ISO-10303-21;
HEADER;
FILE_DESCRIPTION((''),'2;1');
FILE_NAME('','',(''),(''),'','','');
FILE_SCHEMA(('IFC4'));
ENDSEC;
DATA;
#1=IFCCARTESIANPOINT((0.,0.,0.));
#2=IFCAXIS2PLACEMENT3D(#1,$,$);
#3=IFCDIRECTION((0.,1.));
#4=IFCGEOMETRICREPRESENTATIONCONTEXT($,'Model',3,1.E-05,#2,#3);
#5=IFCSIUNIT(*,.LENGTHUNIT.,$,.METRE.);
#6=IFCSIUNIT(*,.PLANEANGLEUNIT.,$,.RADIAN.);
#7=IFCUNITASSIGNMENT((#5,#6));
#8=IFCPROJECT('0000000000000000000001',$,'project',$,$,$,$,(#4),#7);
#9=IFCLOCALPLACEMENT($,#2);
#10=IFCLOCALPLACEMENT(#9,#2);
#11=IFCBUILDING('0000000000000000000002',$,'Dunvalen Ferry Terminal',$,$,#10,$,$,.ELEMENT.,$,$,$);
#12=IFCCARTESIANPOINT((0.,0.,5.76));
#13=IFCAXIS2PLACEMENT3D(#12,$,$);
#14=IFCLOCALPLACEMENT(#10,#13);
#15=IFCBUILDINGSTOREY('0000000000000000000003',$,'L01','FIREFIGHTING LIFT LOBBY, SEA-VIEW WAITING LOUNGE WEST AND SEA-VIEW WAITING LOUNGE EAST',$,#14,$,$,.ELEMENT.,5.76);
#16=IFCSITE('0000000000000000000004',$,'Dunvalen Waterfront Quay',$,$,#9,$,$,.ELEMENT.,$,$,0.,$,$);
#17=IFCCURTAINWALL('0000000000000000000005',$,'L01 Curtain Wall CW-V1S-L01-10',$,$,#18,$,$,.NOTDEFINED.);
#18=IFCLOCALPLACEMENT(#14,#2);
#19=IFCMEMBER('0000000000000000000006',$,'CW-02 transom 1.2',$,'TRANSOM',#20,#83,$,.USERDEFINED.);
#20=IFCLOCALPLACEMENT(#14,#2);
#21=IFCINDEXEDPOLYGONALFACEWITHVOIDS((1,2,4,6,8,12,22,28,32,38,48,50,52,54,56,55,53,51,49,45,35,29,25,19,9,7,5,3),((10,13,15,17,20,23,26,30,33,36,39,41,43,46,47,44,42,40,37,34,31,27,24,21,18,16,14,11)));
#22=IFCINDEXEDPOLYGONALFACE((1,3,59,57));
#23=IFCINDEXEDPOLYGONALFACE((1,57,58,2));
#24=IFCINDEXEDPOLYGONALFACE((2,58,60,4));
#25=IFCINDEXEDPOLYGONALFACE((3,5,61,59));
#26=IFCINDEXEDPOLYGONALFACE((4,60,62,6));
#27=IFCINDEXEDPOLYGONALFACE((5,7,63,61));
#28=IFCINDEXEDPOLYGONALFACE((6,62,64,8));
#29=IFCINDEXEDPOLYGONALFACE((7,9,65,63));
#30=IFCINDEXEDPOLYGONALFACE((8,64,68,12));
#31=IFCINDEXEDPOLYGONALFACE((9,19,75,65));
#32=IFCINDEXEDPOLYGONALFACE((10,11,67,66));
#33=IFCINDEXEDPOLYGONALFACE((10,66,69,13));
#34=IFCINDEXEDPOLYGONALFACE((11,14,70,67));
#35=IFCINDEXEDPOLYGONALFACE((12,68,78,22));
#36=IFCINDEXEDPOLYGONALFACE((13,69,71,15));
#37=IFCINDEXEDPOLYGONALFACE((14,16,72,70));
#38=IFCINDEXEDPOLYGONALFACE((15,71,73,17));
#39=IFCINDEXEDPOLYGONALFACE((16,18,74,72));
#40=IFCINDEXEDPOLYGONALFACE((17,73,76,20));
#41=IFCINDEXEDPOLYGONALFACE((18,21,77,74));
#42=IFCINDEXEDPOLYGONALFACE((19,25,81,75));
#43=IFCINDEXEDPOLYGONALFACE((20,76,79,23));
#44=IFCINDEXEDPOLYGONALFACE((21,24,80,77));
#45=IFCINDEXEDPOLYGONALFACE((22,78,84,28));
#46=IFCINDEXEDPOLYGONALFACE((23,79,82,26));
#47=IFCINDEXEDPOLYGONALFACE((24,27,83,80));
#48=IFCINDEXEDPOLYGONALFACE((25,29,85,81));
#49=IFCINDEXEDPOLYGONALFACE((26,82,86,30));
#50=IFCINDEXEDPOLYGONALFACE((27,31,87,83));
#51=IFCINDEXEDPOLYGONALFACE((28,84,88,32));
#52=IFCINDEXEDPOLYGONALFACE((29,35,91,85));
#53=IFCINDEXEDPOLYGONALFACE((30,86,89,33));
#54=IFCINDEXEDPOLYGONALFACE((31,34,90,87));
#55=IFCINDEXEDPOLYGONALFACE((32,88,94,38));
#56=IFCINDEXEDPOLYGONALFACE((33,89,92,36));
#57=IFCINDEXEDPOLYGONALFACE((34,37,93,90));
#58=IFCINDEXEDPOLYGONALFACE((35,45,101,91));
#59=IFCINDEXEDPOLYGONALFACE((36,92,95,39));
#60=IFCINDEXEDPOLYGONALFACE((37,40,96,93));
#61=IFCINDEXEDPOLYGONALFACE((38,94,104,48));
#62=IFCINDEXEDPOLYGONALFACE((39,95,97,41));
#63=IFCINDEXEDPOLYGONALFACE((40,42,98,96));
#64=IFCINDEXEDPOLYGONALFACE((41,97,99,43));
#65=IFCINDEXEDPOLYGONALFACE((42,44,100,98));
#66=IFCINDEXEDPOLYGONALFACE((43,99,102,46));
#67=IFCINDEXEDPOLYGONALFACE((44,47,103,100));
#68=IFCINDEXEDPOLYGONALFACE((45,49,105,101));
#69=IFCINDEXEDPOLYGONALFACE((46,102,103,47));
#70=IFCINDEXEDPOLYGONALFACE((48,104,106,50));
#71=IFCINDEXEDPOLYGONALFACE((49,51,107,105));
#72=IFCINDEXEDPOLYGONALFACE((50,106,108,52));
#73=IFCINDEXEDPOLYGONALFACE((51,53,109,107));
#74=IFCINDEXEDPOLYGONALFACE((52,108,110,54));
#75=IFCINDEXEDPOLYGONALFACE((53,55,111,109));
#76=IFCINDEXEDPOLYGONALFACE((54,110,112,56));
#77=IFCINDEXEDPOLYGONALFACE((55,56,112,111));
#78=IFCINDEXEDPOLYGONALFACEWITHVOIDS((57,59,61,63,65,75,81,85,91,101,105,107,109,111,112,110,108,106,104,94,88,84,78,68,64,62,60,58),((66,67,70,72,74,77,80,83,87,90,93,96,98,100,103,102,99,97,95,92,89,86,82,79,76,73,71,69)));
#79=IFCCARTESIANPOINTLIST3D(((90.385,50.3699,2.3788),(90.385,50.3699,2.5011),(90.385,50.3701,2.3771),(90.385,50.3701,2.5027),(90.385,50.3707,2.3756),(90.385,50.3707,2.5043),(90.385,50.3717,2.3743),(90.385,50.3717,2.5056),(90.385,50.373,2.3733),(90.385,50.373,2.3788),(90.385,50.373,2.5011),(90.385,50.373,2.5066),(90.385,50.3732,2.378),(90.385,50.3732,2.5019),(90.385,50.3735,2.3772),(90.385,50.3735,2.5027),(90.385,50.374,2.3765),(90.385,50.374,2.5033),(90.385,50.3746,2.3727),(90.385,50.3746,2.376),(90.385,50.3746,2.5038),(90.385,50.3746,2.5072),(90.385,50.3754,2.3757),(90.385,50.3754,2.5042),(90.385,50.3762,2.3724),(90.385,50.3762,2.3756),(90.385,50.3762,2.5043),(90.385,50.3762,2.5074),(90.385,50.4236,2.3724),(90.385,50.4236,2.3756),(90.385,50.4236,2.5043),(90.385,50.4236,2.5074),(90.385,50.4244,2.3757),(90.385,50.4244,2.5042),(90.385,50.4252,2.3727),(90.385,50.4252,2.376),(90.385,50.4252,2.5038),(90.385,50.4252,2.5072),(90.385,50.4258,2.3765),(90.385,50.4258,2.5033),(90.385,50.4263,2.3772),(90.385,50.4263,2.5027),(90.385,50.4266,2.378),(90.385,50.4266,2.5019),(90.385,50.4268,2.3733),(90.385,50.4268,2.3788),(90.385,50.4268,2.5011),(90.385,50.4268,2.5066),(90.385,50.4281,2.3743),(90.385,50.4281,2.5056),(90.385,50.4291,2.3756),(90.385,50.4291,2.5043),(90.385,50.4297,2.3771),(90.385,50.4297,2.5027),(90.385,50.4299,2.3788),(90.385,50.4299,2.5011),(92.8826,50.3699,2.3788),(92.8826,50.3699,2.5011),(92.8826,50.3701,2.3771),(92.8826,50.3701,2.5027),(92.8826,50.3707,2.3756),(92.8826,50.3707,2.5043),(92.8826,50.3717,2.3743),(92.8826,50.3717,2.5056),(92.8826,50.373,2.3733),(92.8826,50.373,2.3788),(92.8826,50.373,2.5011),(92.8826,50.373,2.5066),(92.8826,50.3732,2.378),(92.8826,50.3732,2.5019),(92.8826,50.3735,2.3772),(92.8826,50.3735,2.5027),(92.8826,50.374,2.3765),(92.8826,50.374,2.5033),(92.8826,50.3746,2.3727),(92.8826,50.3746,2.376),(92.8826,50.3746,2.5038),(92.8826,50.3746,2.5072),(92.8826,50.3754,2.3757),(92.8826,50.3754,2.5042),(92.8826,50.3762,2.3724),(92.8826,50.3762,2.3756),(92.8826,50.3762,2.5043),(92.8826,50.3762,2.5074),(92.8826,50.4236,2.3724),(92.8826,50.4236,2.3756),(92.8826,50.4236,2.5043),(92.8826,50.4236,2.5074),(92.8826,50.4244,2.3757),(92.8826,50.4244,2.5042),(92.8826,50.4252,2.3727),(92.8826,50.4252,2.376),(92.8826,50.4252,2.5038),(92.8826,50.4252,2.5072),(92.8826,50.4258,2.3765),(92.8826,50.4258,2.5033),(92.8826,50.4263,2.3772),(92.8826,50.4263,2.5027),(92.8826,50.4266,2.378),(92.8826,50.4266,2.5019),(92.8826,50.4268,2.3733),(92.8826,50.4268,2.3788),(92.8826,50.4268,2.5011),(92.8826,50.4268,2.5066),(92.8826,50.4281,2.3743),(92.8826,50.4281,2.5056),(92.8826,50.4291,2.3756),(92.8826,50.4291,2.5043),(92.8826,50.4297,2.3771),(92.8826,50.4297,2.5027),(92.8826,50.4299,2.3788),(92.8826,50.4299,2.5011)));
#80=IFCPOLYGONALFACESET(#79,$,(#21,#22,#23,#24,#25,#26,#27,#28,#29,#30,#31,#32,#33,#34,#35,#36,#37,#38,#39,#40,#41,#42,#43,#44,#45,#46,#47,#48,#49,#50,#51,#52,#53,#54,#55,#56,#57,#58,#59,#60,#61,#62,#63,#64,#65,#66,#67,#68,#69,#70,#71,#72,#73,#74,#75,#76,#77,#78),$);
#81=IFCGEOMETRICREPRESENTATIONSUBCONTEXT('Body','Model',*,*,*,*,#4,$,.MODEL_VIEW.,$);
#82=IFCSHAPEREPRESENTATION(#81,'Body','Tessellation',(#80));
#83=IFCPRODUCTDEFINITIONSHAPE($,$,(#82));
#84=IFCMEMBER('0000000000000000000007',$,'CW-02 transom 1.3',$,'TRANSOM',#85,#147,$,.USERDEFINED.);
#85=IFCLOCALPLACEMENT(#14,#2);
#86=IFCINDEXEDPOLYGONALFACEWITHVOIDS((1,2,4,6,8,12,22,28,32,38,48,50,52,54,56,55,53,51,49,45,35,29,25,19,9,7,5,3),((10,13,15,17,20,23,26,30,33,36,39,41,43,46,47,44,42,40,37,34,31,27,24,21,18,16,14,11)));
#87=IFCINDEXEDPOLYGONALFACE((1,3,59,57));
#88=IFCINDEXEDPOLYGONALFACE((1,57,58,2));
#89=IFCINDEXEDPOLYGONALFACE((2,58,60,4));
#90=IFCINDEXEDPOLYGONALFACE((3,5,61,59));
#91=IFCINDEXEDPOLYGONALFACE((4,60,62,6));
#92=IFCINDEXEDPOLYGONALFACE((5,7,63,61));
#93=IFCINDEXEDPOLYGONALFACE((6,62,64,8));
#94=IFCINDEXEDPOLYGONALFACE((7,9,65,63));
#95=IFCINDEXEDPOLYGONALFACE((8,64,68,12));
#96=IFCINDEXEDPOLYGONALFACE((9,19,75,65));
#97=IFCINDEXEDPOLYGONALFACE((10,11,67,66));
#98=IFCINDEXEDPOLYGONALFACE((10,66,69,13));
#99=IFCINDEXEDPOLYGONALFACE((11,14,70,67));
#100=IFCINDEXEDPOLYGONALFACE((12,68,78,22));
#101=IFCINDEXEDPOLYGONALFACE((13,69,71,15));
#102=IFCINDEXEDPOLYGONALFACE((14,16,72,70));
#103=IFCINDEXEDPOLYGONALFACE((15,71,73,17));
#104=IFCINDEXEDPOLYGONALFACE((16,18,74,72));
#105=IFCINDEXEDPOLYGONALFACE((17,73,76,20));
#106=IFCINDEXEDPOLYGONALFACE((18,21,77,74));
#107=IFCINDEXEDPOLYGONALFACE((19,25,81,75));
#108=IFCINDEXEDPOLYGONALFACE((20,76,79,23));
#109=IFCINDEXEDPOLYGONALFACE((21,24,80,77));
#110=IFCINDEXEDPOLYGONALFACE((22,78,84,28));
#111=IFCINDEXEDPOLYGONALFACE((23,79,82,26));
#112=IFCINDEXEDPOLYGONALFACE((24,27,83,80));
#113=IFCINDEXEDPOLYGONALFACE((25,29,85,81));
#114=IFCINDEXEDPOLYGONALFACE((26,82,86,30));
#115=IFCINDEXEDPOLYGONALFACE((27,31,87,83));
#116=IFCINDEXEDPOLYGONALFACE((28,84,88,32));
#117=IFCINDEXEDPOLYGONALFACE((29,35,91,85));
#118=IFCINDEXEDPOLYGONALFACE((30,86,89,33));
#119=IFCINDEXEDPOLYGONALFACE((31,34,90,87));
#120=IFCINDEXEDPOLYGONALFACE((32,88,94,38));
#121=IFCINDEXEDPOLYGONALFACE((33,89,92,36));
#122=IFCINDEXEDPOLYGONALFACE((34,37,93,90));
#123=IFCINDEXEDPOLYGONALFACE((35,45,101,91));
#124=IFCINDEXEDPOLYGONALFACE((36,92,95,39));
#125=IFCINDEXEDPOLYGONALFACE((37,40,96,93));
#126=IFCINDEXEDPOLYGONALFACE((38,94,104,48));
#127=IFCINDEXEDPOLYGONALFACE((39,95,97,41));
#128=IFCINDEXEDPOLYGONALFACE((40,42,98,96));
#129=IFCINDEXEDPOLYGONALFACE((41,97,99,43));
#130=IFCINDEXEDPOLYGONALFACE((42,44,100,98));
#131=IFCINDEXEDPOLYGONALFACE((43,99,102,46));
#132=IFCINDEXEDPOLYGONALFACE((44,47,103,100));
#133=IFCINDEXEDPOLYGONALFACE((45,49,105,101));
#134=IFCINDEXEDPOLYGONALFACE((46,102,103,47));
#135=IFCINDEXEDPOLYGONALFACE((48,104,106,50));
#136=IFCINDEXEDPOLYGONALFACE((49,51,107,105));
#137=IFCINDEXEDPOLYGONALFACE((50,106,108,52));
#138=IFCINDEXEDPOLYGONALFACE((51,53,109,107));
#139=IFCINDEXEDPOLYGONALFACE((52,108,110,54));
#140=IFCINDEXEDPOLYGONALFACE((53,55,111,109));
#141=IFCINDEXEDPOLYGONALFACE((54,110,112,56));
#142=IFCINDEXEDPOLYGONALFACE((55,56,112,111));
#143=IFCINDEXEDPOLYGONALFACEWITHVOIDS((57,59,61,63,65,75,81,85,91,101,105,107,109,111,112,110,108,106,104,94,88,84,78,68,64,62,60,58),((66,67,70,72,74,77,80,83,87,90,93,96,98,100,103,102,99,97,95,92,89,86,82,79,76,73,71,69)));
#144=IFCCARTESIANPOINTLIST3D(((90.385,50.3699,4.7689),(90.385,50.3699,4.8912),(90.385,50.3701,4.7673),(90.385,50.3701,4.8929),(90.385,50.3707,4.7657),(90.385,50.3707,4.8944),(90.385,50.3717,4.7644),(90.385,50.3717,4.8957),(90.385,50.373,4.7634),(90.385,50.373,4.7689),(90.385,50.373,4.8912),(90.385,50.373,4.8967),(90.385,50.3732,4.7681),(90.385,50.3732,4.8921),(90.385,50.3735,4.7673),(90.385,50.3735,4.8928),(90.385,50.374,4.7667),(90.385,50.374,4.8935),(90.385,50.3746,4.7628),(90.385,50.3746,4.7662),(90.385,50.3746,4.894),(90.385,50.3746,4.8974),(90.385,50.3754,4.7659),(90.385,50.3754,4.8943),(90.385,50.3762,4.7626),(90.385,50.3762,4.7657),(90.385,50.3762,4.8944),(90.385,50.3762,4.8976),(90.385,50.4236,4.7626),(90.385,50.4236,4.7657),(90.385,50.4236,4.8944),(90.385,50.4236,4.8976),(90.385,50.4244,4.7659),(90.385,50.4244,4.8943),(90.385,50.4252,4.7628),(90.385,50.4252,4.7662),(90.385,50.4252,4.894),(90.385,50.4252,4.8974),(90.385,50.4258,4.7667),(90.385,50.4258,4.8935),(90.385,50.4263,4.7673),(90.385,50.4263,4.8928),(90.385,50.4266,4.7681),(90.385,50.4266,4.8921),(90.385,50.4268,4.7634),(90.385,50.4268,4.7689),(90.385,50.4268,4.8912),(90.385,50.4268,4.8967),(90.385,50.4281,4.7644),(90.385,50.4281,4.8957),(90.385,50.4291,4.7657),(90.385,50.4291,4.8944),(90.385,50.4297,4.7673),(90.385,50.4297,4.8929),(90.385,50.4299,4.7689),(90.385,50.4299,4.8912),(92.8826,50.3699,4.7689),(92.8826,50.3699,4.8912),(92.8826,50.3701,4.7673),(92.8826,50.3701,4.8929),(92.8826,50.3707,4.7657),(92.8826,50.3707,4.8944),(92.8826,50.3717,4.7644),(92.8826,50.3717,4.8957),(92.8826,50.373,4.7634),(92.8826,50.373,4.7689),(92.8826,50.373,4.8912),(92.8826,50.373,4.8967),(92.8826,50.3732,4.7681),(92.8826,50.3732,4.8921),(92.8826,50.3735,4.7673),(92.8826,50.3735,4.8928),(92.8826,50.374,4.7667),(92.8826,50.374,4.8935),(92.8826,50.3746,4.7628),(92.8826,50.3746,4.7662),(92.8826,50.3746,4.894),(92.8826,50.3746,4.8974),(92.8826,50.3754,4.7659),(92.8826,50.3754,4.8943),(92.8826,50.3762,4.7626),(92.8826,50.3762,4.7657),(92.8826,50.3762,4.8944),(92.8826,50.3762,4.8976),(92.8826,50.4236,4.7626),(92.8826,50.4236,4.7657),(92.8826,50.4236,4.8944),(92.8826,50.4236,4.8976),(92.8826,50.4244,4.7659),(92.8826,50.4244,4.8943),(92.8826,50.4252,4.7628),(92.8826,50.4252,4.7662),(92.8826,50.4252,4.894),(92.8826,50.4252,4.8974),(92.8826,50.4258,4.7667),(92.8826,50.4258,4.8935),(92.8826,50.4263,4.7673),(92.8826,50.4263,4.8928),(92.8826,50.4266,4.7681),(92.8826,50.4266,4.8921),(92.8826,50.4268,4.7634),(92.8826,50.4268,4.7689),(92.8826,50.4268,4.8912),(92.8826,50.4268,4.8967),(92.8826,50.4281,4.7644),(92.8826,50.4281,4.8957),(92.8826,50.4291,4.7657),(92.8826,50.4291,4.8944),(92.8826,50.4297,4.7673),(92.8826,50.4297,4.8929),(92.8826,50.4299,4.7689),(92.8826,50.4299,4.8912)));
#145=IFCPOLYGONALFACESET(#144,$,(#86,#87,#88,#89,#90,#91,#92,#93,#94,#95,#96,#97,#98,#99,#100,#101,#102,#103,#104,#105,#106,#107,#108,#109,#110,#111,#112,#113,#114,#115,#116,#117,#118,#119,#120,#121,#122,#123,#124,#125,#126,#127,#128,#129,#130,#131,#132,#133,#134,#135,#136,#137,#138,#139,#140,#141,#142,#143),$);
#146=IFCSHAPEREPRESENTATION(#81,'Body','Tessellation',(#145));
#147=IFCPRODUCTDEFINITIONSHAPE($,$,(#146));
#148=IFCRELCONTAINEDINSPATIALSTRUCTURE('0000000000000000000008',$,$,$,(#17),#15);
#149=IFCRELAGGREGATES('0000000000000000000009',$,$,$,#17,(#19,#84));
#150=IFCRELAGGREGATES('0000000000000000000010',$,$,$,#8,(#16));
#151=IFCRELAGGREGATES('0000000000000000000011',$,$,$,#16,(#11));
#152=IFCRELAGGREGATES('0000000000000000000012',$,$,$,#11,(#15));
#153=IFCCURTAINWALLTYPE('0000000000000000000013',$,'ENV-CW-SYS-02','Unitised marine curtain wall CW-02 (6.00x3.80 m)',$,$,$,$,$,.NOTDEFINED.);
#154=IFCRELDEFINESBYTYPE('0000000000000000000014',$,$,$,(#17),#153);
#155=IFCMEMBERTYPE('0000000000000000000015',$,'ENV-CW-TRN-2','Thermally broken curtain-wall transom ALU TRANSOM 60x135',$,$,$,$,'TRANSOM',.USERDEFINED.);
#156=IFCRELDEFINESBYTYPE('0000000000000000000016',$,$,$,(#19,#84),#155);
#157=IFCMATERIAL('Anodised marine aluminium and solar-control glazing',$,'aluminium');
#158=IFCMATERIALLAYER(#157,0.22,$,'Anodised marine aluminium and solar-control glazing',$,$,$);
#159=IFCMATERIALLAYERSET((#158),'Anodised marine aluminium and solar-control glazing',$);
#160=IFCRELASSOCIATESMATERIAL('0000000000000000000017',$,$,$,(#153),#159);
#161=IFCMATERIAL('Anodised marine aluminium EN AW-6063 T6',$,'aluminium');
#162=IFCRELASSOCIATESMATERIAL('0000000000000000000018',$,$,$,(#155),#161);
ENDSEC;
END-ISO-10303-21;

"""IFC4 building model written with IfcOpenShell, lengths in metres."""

from ifc_helpers import new_model, si_unit, direction, frame, origin, origin_2d, place, context, subcontext, project, spatial, hollow_rectangle, extrude, material, layer, layer_set, material_profile, profile_set, type_object, element, aggregate, save


model = new_model("IFC4")

# Units and contexts
model_context = context("Model", 3, precision=1e-05, world=origin(), true_north=direction((0.0, 1.0)))
body_context = subcontext(model_context, "Body", "Model", "MODEL_VIEW")
ifc_project = project(units=[si_unit("LENGTHUNIT", "METRE"), si_unit("PLANEANGLEUNIT", "RADIAN")], contexts=[model_context])

# Site, building, storey
site_placement = place(None, origin())
site = spatial("IfcSite", under=ifc_project, at=site_placement, Name="Dunvalen Waterfront Quay", CompositionType="ELEMENT", RefElevation=0.0)
building_placement = place(site_placement, origin())
building = spatial("IfcBuilding", under=site, at=building_placement, Name="Dunvalen Ferry Terminal", CompositionType="ELEMENT")
storey_placement = place(building_placement, frame((0.0, 0.0, 5.76)))
storey = spatial("IfcBuildingStorey", under=building, at=storey_placement, Name="L01", Description="FIREFIGHTING LIFT LOBBY, SEA-VIEW WAITING LOUNGE WEST AND SEA-VIEW WAITING LOUNGE EAST", CompositionType="ELEMENT", Elevation=5.76)

# Curtain wall
ifc_material_1 = material(Name="Anodised marine aluminium and solar-control glazing", Category="aluminium")
ifc_layer_1 = layer(ifc_material_1, 0.22, Name="Anodised marine aluminium and solar-control glazing")
ifc_layer_set_1 = layer_set([ifc_layer_1], Name="Anodised marine aluminium and solar-control glazing")
curtain_wall_type_1 = type_object("IfcCurtainWallType", Name="ENV-CW-SYS-02", Description="Unitised marine curtain wall CW-02 (6.00x3.80 m)", PredefinedType="NOTDEFINED", material=ifc_layer_set_1)
curtain_wall_1_placement = place(storey_placement, origin())
curtain_wall_1 = element("IfcCurtainWall", 1, at=curtain_wall_1_placement, inside=storey, type_object=curtain_wall_type_1, Name="L01 Curtain Wall CW-V1S-L01-10", PredefinedType="NOTDEFINED")
ifc_material_2 = material(Name="Anodised marine aluminium EN AW-6063 T6", Category="aluminium")

# Members
ifc_material_profile_1 = material_profile(ifc_material_2, hollow_rectangle(XDim=0.0601, YDim=0.135, WallThickness=0.0032, InnerFilletRadius=0.0032, OuterFilletRadius=0.0063, at=origin_2d()), Name="Anodised marine aluminium EN AW-6063 T6")
ifc_profile_set_1 = profile_set([ifc_material_profile_1], Name="Anodised marine aluminium EN AW-6063 T6")
member_type_1 = type_object("IfcMemberType", Name="ENV-CW-TRN-2", Description="Thermally broken curtain-wall transom ALU TRANSOM 60x135", ElementType="TRANSOM", PredefinedType="USERDEFINED", material=ifc_profile_set_1)
member_1_placement = place(storey_placement, frame((90.385, 50.3999, 2.4399), z_axis=(1.0, 0.0, 0.0), x_axis=(0.0, 1.0, 0.0)))
member_1 = element("IfcMember", 2, at=member_1_placement, type_object=member_type_1, Name="CW-02 transom 1.2", ObjectType="TRANSOM", PredefinedType="USERDEFINED", context=body_context, shape_type="SweptSolid", body=[
    extrude(hollow_rectangle(XDim=0.0601, YDim=0.135, WallThickness=0.0032, InnerFilletRadius=0.0032, OuterFilletRadius=0.0063, at=origin_2d()), origin(), (0.0, 0.0, 1.0), 2.4976),
])
member_2_placement = place(storey_placement, frame((90.385, 50.3999, 4.8301), z_axis=(1.0, 0.0, 0.0), x_axis=(0.0, 1.0, 0.0)))
member_2 = element("IfcMember", 3, at=member_2_placement, type_object=member_type_1, Name="CW-02 transom 1.3", ObjectType="TRANSOM", PredefinedType="USERDEFINED", context=body_context, shape_type="SweptSolid", body=[
    extrude(hollow_rectangle(XDim=0.0601, YDim=0.135, WallThickness=0.0032, InnerFilletRadius=0.0032, OuterFilletRadius=0.0063, at=origin_2d()), origin(), (0.0, 0.0, 1.0), 2.4976),
])

aggregate(curtain_wall_1, [member_1, member_2])

save(model, "model.ifc")
